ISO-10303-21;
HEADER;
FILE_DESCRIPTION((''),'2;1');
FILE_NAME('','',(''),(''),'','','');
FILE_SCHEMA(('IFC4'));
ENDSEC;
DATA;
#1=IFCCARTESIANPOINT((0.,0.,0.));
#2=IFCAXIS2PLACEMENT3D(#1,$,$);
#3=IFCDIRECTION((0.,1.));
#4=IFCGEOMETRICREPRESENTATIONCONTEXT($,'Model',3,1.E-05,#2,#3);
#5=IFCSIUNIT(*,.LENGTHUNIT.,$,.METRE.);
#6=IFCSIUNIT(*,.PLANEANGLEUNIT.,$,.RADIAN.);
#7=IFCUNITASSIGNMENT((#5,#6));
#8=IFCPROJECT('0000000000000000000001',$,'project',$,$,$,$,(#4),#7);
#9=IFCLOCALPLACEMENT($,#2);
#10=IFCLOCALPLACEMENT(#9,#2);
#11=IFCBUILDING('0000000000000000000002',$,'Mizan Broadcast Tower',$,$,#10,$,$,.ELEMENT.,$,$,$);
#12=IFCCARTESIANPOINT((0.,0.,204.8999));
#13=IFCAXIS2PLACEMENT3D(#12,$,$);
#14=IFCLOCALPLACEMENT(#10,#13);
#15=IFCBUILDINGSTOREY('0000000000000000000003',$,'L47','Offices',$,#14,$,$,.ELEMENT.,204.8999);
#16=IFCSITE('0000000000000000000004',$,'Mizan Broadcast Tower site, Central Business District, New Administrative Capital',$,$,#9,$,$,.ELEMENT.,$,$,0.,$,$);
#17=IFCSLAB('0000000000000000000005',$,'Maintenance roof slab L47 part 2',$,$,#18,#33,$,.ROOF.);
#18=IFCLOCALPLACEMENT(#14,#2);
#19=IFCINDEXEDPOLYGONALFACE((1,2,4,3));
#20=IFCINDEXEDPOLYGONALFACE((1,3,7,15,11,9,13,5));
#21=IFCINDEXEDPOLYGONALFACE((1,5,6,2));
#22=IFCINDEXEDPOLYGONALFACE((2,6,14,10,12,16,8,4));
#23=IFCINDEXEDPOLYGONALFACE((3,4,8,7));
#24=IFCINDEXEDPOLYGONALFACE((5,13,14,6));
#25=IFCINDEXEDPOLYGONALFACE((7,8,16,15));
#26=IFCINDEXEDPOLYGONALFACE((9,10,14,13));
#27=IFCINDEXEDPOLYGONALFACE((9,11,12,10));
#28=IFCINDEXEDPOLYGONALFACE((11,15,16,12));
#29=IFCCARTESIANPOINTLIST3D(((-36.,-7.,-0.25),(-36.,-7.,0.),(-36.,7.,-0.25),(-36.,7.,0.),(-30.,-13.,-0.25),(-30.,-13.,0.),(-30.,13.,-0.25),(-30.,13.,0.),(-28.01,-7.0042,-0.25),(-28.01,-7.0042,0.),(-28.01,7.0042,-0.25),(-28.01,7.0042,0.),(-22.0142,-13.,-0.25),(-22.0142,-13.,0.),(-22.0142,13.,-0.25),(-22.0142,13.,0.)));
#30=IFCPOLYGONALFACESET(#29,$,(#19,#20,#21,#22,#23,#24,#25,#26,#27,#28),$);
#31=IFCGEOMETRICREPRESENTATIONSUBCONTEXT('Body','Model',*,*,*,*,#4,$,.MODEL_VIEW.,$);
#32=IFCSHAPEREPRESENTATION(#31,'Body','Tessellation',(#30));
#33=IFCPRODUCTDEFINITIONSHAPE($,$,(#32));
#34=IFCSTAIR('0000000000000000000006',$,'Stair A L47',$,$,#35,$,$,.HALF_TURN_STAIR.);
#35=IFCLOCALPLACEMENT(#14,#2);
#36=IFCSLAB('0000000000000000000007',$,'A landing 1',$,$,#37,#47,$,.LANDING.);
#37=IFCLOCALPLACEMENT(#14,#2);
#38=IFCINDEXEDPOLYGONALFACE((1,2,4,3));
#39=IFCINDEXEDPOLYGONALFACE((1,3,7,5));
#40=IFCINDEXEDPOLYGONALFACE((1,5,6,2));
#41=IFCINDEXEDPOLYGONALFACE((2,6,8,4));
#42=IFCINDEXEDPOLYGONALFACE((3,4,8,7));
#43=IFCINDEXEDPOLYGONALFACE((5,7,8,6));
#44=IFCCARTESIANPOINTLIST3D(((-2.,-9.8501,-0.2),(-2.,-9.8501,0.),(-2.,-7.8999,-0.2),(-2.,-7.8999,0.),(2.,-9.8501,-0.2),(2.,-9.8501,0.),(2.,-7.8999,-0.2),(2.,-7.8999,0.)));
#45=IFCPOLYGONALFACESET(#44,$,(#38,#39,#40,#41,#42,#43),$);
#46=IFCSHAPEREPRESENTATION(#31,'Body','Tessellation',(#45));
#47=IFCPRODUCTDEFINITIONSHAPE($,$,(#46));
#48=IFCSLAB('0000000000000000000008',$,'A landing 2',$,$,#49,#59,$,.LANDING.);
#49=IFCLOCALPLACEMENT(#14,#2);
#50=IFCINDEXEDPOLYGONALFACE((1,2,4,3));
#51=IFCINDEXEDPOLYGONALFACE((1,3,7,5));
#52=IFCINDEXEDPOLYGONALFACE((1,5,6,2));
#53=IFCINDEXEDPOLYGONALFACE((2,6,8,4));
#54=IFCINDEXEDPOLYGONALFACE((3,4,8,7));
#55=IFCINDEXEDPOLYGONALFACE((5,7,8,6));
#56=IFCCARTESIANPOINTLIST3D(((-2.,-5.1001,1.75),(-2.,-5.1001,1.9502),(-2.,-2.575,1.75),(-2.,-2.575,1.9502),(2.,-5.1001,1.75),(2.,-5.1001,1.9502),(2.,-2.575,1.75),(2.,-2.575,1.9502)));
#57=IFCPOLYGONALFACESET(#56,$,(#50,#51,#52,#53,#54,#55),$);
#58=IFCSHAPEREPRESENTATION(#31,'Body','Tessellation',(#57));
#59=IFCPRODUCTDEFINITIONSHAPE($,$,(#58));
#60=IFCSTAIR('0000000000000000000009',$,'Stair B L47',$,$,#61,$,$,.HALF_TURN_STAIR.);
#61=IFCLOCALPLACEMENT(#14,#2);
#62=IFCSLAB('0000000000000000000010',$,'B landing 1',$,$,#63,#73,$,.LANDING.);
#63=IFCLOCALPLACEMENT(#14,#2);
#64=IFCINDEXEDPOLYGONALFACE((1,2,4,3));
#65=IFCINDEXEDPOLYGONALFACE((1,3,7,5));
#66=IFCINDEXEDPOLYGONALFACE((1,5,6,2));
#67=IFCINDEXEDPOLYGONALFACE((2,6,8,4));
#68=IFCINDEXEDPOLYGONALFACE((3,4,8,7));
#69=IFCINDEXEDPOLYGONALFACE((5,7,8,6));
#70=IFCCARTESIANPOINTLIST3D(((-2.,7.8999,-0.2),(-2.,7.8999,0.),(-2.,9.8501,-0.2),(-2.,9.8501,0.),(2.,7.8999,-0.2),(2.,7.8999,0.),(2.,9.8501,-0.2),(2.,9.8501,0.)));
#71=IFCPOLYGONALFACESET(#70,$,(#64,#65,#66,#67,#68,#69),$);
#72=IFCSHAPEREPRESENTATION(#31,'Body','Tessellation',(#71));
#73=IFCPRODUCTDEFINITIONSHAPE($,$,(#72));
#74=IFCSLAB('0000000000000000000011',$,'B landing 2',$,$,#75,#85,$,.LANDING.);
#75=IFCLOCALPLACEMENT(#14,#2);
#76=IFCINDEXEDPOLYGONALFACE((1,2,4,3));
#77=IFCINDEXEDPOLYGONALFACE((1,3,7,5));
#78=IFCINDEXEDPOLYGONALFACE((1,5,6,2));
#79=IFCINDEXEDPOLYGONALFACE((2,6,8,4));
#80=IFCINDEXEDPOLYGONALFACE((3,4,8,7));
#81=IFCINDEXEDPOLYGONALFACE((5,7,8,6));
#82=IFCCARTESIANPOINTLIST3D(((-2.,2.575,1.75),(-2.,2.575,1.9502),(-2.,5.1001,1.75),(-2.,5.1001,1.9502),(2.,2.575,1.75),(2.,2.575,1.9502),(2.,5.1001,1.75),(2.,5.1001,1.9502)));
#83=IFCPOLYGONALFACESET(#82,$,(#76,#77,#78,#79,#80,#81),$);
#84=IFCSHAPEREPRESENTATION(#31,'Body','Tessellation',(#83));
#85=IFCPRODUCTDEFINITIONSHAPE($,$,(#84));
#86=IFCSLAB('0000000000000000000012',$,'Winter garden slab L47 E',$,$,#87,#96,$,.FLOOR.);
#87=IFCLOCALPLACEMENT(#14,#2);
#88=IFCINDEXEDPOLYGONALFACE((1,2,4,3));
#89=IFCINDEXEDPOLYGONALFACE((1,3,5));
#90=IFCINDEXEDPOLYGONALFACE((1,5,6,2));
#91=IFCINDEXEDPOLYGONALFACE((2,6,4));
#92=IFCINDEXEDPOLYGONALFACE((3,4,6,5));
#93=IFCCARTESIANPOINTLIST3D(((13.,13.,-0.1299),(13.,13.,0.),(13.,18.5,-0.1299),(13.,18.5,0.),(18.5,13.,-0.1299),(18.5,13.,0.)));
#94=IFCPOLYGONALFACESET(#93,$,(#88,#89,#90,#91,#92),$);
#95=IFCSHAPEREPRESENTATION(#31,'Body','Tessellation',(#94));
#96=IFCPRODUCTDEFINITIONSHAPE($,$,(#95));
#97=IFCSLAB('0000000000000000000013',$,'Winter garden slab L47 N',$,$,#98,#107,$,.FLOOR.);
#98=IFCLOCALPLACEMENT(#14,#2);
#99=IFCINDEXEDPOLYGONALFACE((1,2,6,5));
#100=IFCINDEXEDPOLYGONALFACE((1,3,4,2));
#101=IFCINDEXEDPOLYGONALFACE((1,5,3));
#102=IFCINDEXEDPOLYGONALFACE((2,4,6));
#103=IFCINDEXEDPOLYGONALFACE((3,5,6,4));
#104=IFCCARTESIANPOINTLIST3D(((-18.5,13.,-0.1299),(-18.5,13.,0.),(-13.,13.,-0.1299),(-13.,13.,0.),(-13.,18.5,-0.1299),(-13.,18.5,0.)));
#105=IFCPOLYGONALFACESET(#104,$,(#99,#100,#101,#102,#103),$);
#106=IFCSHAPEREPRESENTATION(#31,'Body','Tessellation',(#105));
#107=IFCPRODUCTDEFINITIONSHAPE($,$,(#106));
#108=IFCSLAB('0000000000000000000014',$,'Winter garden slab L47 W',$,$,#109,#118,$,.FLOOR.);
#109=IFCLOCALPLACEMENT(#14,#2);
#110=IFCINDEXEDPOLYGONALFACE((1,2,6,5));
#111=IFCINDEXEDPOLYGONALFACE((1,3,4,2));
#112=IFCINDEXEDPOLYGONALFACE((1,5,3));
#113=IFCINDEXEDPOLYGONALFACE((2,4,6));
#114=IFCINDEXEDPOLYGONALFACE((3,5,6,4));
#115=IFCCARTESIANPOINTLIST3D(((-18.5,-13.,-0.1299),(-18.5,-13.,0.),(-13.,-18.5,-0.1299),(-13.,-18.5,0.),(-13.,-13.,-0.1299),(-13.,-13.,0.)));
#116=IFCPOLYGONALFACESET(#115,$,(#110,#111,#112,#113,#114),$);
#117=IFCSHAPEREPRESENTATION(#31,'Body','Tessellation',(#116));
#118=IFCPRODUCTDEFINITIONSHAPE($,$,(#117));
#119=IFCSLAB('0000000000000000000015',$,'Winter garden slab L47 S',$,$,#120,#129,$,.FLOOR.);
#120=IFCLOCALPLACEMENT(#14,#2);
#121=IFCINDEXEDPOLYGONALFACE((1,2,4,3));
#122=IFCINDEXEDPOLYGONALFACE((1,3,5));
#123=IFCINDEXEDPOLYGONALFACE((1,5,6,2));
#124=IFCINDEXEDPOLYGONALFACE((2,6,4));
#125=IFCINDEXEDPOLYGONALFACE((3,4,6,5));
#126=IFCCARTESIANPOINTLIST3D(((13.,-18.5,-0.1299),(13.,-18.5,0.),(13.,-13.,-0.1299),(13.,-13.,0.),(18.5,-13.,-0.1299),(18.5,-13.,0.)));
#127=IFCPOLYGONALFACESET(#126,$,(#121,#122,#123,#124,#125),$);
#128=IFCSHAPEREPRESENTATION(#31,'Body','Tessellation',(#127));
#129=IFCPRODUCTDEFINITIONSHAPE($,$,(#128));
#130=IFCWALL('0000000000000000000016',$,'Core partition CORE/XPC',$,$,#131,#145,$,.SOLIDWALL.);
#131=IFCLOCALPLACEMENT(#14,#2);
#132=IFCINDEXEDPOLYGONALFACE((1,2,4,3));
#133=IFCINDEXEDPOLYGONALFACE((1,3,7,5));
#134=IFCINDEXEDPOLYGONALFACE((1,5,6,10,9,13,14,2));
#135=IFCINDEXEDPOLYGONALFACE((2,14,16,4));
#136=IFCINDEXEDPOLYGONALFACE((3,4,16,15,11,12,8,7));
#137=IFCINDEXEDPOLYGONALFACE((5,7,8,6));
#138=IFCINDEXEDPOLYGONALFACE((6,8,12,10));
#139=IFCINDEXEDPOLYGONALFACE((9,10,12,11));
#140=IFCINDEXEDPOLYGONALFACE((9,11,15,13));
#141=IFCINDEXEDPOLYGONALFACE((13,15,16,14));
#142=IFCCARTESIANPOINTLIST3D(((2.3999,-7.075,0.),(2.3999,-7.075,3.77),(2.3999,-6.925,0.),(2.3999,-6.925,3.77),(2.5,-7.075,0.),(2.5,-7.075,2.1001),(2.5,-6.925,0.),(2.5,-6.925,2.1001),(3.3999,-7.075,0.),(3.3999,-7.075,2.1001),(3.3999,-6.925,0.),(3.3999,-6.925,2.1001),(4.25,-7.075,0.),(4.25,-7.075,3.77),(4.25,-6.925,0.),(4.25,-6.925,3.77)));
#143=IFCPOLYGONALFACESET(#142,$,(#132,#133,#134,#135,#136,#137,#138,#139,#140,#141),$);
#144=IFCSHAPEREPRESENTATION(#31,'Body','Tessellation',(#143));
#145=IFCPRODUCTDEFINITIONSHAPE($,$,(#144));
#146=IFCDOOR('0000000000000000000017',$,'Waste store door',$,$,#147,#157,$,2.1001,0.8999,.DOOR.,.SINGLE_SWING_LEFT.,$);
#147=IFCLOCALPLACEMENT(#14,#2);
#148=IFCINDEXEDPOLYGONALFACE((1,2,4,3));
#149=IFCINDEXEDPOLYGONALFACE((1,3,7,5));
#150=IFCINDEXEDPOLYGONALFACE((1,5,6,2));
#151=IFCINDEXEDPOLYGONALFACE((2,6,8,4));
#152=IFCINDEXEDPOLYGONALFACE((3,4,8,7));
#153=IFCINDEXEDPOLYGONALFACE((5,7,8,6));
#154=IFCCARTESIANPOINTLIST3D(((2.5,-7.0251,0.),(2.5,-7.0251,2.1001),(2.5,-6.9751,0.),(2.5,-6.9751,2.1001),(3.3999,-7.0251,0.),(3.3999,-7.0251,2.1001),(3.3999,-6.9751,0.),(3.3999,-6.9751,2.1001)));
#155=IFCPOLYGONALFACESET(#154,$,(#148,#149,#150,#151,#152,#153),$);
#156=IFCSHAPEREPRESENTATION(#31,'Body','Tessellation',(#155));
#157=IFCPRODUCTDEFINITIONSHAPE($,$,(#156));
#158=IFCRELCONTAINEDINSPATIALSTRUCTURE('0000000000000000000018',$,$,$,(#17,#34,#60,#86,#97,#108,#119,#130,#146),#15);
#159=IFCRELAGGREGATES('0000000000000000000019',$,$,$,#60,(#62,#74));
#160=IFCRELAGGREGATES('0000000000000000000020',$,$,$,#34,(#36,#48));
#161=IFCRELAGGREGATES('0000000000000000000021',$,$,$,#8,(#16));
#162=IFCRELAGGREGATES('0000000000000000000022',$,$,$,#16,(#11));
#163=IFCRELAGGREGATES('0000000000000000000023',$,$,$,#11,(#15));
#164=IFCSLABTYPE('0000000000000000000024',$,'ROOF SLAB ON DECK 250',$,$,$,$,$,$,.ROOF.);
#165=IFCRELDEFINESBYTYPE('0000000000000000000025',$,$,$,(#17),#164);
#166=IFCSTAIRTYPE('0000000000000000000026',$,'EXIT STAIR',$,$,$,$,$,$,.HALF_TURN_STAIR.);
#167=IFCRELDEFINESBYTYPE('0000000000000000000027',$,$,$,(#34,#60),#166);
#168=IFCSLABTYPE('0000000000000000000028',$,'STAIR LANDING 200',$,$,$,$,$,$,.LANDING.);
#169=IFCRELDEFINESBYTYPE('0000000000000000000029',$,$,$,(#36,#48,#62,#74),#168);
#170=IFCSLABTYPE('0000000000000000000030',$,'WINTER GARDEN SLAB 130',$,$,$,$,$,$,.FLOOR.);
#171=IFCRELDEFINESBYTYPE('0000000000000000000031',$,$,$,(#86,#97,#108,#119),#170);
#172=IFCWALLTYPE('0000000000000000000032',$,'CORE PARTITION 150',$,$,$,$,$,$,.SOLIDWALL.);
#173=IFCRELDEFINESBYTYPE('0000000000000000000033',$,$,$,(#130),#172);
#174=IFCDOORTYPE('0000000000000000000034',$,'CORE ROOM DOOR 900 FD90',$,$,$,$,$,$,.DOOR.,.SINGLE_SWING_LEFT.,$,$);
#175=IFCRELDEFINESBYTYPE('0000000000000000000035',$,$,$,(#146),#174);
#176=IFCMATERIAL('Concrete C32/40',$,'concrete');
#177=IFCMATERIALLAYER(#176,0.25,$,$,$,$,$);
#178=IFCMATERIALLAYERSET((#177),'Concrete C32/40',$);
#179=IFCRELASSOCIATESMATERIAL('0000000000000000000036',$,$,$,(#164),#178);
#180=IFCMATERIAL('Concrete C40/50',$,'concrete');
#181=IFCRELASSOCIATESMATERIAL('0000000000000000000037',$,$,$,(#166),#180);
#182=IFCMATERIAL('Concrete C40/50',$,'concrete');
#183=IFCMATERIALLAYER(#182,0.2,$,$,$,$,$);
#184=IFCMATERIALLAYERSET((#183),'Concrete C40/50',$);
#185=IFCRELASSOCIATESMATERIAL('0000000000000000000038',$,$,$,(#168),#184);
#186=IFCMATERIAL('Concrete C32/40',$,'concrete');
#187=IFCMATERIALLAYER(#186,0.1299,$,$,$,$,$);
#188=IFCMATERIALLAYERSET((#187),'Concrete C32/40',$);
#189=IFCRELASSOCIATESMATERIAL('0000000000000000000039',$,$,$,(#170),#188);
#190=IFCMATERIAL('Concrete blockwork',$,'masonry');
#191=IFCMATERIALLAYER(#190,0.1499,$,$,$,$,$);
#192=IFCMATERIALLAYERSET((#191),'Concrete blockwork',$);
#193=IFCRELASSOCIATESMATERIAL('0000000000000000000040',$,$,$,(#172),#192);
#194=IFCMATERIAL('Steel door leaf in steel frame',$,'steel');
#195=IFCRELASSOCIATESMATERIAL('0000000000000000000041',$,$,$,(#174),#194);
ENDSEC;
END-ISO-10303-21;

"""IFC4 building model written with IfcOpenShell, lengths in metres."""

from ifc_helpers import new_model, si_unit, direction, frame, frame_2d, origin, place, context, subcontext, project, spatial, polyline, rectangle, outline, extrude, material, layer, layer_set, type_object, element, fill, aggregate, save


model = new_model("IFC4")

# Units and contexts
model_context = context("Model", 3, precision=1e-05, world=origin(), true_north=direction((0.0, 1.0)))
body_context = subcontext(model_context, "Body", "Model", "MODEL_VIEW")
ifc_project = project(units=[si_unit("LENGTHUNIT", "METRE"), si_unit("PLANEANGLEUNIT", "RADIAN")], contexts=[model_context])

# Site, building, storey
site_placement = place(None, origin())
site = spatial("IfcSite", under=ifc_project, at=site_placement, Name="Mizan Broadcast Tower site, Central Business District, New Administrative Capital", CompositionType="ELEMENT", RefElevation=0.0)
building_placement = place(site_placement, origin())
building = spatial("IfcBuilding", under=site, at=building_placement, Name="Mizan Broadcast Tower", CompositionType="ELEMENT")
storey_placement = place(building_placement, frame((0.0, 0.0, 204.8999)))
storey = spatial("IfcBuildingStorey", under=building, at=storey_placement, Name="L47", Description="Offices", CompositionType="ELEMENT", Elevation=204.8999)

# Slab
ifc_material_1 = material(Name="Concrete C32/40", Category="concrete")
ifc_layer_1 = layer(ifc_material_1, 0.25)
ifc_layer_set_1 = layer_set([ifc_layer_1], Name="Concrete C32/40")
slab_type_1 = type_object("IfcSlabType", Name="ROOF SLAB ON DECK 250", PredefinedType="ROOF", material=ifc_layer_set_1)
slab_1_placement = place(storey_placement, frame((0.0, 0.0, -0.25)))
element("IfcSlab", 1, at=slab_1_placement, inside=storey, type_object=slab_type_1, Name="Maintenance roof slab L47 part 2", PredefinedType="ROOF", context=body_context, shape_type="SweptSolid", body=[
    extrude(outline(polyline([(-30.0, -13.0), (-22.0142, -13.0), (-28.01, -7.0042), (-28.01, 7.0042), (-22.0142, 13.0), (-30.0, 13.0), (-36.0, 7.0), (-36.0, -7.0), (-30.0, -13.0)])), origin(), (0.0, 0.0, 1.0), 0.25),
])

# Stairs, slabs
ifc_material_2 = material(Name="Concrete C40/50", Category="concrete")
stair_type = type_object("IfcStairType", Name="EXIT STAIR", PredefinedType="HALF_TURN_STAIR", material=ifc_material_2)
stair_1_placement = place(storey_placement, origin())
stair_1 = element("IfcStair", 2, at=stair_1_placement, inside=storey, type_object=stair_type, Name="Stair A L47", PredefinedType="HALF_TURN_STAIR")
ifc_material_3 = material(Name="Concrete C40/50", Category="concrete")
ifc_layer_2 = layer(ifc_material_3, 0.2)
ifc_layer_set_2 = layer_set([ifc_layer_2], Name="Concrete C40/50")
slab_type_2 = type_object("IfcSlabType", Name="STAIR LANDING 200", PredefinedType="LANDING", material=ifc_layer_set_2)
slab_2_placement = place(storey_placement, frame((0.0, 0.0, -0.2)))
slab_2 = element("IfcSlab", 3, at=slab_2_placement, type_object=slab_type_2, Name="A landing 1", PredefinedType="LANDING", context=body_context, shape_type="SweptSolid", body=[
    extrude(outline(polyline([(-2.0, -9.8501), (-2.0, -7.8999), (2.0, -7.8999), (2.0, -9.8501), (-2.0, -9.8501)])), origin(), (0.0, 0.0, 1.0), 0.2),
])
slab_3_placement = place(storey_placement, frame((0.0, 0.0, 1.75)))
slab_3 = element("IfcSlab", 4, at=slab_3_placement, type_object=slab_type_2, Name="A landing 2", PredefinedType="LANDING", context=body_context, shape_type="SweptSolid", body=[
    extrude(outline(polyline([(-2.0, -5.1001), (-2.0, -2.575), (2.0, -2.575), (2.0, -5.1001), (-2.0, -5.1001)])), origin(), (0.0, 0.0, 1.0), 0.2002),
])
stair_2_placement = place(storey_placement, origin())
stair_2 = element("IfcStair", 5, at=stair_2_placement, inside=storey, type_object=stair_type, Name="Stair B L47", PredefinedType="HALF_TURN_STAIR")
slab_4_placement = place(storey_placement, frame((0.0, 0.0, -0.2)))
slab_4 = element("IfcSlab", 6, at=slab_4_placement, type_object=slab_type_2, Name="B landing 1", PredefinedType="LANDING", context=body_context, shape_type="SweptSolid", body=[
    extrude(outline(polyline([(2.0, 9.8501), (2.0, 7.8999), (-2.0, 7.8999), (-2.0, 9.8501), (2.0, 9.8501)])), origin(), (0.0, 0.0, 1.0), 0.2),
])
slab_5_placement = place(storey_placement, frame((0.0, 0.0, 1.75)))
slab_5 = element("IfcSlab", 7, at=slab_5_placement, type_object=slab_type_2, Name="B landing 2", PredefinedType="LANDING", context=body_context, shape_type="SweptSolid", body=[
    extrude(outline(polyline([(2.0, 5.1001), (2.0, 2.575), (-2.0, 2.575), (-2.0, 5.1001), (2.0, 5.1001)])), origin(), (0.0, 0.0, 1.0), 0.2002),
])
aggregate(stair_2, [slab_4, slab_5])

# Slabs
ifc_material_4 = material(Name="Concrete C32/40", Category="concrete")
ifc_layer_3 = layer(ifc_material_4, 0.1299)
ifc_layer_set_3 = layer_set([ifc_layer_3], Name="Concrete C32/40")
slab_type_3 = type_object("IfcSlabType", Name="WINTER GARDEN SLAB 130", PredefinedType="FLOOR", material=ifc_layer_set_3)
slab_6_placement = place(storey_placement, frame((0.0, 0.0, -0.1299)))
element("IfcSlab", 8, at=slab_6_placement, inside=storey, type_object=slab_type_3, Name="Winter garden slab L47 E", PredefinedType="FLOOR", context=body_context, shape_type="SweptSolid", body=[
    extrude(outline(polyline([(13.0, 13.0), (18.5, 13.0), (13.0, 18.5), (13.0, 13.0)])), origin(), (0.0, 0.0, 1.0), 0.1299),
])
slab_7_placement = place(storey_placement, frame((0.0, 0.0, -0.1299)))
element("IfcSlab", 9, at=slab_7_placement, inside=storey, type_object=slab_type_3, Name="Winter garden slab L47 N", PredefinedType="FLOOR", context=body_context, shape_type="SweptSolid", body=[
    extrude(outline(polyline([(-13.0, 13.0), (-13.0, 18.5), (-18.5, 13.0), (-13.0, 13.0)])), origin(), (0.0, 0.0, 1.0), 0.1299),
])
slab_8_placement = place(storey_placement, frame((0.0, 0.0, -0.1299)))
element("IfcSlab", 10, at=slab_8_placement, inside=storey, type_object=slab_type_3, Name="Winter garden slab L47 W", PredefinedType="FLOOR", context=body_context, shape_type="SweptSolid", body=[
    extrude(outline(polyline([(-13.0, -13.0), (-18.5, -13.0), (-13.0, -18.5), (-13.0, -13.0)])), origin(), (0.0, 0.0, 1.0), 0.1299),
])
slab_9_placement = place(storey_placement, frame((0.0, 0.0, -0.1299)))
element("IfcSlab", 11, at=slab_9_placement, inside=storey, type_object=slab_type_3, Name="Winter garden slab L47 S", PredefinedType="FLOOR", context=body_context, shape_type="SweptSolid", body=[
    extrude(outline(polyline([(13.0, -13.0), (13.0, -18.5), (18.5, -13.0), (13.0, -13.0)])), origin(), (0.0, 0.0, 1.0), 0.1299),
])

# Wall, opening, door
ifc_material_5 = material(Name="Concrete blockwork", Category="masonry")
ifc_layer_4 = layer(ifc_material_5, 0.1499)
ifc_layer_set_4 = layer_set([ifc_layer_4], Name="Concrete blockwork")
wall_type_1 = type_object("IfcWallType", Name="CORE PARTITION 150", PredefinedType="SOLIDWALL", material=ifc_layer_set_4)
wall_1_placement = place(storey_placement, frame((2.3999, -7.0, 0.0), z_axis=(0.0, 0.0, 1.0), x_axis=(1.0, 0.0, 0.0)))
wall_1 = element("IfcWall", 12, at=wall_1_placement, inside=storey, type_object=wall_type_1, Name="Core partition CORE/XPC", PredefinedType="SOLIDWALL", context=body_context, shape_type="SweptSolid", body=[
    extrude(rectangle(XDim=1.8501, YDim=0.1499, at=frame_2d((0.925, 0.0))), origin(), (0.0, 0.0, 1.0), 3.77),
])
opening_1_placement = place(wall_1_placement, frame((0.1001, 0.0, 0.0)))
opening_1 = element("IfcOpeningElement", 13, at=opening_1_placement, cuts=wall_1, PredefinedType="OPENING", context=body_context, shape_type="SweptSolid", body=[
    extrude(rectangle(XDim=0.8999, YDim=2.1001, at=frame_2d((0.45, 1.05))), frame((0.0, 0.085, 0.0), z_axis=(0.0, -1.0, 0.0), x_axis=(1.0, 0.0, 0.0)), (0.0, 0.0, 1.0), 0.1699),
])
ifc_material_6 = material(Name="Steel door leaf in steel frame", Category="steel")
door_type_1 = type_object("IfcDoorType", Name="CORE ROOM DOOR 900 FD90", OperationType="SINGLE_SWING_LEFT", PredefinedType="DOOR", material=ifc_material_6)
door_1_placement = place(opening_1_placement, origin())
door_1 = element("IfcDoor", 14, at=door_1_placement, inside=storey, type_object=door_type_1, Name="Waste store door", OperationType="SINGLE_SWING_LEFT", OverallHeight=2.1001, OverallWidth=0.8999, PredefinedType="DOOR", context=body_context, shape_type="SweptSolid", body=[
    extrude(rectangle(XDim=0.8999, YDim=2.1001, at=frame_2d((0.45, 1.05))), frame((0.0, 0.0249, 0.0), z_axis=(0.0, -1.0, 0.0), x_axis=(1.0, 0.0, 0.0)), (0.0, 0.0, 1.0), 0.05),
])
fill(opening_1, door_1)

aggregate(stair_1, [slab_2, slab_3])

save(model, "model.ifc")
